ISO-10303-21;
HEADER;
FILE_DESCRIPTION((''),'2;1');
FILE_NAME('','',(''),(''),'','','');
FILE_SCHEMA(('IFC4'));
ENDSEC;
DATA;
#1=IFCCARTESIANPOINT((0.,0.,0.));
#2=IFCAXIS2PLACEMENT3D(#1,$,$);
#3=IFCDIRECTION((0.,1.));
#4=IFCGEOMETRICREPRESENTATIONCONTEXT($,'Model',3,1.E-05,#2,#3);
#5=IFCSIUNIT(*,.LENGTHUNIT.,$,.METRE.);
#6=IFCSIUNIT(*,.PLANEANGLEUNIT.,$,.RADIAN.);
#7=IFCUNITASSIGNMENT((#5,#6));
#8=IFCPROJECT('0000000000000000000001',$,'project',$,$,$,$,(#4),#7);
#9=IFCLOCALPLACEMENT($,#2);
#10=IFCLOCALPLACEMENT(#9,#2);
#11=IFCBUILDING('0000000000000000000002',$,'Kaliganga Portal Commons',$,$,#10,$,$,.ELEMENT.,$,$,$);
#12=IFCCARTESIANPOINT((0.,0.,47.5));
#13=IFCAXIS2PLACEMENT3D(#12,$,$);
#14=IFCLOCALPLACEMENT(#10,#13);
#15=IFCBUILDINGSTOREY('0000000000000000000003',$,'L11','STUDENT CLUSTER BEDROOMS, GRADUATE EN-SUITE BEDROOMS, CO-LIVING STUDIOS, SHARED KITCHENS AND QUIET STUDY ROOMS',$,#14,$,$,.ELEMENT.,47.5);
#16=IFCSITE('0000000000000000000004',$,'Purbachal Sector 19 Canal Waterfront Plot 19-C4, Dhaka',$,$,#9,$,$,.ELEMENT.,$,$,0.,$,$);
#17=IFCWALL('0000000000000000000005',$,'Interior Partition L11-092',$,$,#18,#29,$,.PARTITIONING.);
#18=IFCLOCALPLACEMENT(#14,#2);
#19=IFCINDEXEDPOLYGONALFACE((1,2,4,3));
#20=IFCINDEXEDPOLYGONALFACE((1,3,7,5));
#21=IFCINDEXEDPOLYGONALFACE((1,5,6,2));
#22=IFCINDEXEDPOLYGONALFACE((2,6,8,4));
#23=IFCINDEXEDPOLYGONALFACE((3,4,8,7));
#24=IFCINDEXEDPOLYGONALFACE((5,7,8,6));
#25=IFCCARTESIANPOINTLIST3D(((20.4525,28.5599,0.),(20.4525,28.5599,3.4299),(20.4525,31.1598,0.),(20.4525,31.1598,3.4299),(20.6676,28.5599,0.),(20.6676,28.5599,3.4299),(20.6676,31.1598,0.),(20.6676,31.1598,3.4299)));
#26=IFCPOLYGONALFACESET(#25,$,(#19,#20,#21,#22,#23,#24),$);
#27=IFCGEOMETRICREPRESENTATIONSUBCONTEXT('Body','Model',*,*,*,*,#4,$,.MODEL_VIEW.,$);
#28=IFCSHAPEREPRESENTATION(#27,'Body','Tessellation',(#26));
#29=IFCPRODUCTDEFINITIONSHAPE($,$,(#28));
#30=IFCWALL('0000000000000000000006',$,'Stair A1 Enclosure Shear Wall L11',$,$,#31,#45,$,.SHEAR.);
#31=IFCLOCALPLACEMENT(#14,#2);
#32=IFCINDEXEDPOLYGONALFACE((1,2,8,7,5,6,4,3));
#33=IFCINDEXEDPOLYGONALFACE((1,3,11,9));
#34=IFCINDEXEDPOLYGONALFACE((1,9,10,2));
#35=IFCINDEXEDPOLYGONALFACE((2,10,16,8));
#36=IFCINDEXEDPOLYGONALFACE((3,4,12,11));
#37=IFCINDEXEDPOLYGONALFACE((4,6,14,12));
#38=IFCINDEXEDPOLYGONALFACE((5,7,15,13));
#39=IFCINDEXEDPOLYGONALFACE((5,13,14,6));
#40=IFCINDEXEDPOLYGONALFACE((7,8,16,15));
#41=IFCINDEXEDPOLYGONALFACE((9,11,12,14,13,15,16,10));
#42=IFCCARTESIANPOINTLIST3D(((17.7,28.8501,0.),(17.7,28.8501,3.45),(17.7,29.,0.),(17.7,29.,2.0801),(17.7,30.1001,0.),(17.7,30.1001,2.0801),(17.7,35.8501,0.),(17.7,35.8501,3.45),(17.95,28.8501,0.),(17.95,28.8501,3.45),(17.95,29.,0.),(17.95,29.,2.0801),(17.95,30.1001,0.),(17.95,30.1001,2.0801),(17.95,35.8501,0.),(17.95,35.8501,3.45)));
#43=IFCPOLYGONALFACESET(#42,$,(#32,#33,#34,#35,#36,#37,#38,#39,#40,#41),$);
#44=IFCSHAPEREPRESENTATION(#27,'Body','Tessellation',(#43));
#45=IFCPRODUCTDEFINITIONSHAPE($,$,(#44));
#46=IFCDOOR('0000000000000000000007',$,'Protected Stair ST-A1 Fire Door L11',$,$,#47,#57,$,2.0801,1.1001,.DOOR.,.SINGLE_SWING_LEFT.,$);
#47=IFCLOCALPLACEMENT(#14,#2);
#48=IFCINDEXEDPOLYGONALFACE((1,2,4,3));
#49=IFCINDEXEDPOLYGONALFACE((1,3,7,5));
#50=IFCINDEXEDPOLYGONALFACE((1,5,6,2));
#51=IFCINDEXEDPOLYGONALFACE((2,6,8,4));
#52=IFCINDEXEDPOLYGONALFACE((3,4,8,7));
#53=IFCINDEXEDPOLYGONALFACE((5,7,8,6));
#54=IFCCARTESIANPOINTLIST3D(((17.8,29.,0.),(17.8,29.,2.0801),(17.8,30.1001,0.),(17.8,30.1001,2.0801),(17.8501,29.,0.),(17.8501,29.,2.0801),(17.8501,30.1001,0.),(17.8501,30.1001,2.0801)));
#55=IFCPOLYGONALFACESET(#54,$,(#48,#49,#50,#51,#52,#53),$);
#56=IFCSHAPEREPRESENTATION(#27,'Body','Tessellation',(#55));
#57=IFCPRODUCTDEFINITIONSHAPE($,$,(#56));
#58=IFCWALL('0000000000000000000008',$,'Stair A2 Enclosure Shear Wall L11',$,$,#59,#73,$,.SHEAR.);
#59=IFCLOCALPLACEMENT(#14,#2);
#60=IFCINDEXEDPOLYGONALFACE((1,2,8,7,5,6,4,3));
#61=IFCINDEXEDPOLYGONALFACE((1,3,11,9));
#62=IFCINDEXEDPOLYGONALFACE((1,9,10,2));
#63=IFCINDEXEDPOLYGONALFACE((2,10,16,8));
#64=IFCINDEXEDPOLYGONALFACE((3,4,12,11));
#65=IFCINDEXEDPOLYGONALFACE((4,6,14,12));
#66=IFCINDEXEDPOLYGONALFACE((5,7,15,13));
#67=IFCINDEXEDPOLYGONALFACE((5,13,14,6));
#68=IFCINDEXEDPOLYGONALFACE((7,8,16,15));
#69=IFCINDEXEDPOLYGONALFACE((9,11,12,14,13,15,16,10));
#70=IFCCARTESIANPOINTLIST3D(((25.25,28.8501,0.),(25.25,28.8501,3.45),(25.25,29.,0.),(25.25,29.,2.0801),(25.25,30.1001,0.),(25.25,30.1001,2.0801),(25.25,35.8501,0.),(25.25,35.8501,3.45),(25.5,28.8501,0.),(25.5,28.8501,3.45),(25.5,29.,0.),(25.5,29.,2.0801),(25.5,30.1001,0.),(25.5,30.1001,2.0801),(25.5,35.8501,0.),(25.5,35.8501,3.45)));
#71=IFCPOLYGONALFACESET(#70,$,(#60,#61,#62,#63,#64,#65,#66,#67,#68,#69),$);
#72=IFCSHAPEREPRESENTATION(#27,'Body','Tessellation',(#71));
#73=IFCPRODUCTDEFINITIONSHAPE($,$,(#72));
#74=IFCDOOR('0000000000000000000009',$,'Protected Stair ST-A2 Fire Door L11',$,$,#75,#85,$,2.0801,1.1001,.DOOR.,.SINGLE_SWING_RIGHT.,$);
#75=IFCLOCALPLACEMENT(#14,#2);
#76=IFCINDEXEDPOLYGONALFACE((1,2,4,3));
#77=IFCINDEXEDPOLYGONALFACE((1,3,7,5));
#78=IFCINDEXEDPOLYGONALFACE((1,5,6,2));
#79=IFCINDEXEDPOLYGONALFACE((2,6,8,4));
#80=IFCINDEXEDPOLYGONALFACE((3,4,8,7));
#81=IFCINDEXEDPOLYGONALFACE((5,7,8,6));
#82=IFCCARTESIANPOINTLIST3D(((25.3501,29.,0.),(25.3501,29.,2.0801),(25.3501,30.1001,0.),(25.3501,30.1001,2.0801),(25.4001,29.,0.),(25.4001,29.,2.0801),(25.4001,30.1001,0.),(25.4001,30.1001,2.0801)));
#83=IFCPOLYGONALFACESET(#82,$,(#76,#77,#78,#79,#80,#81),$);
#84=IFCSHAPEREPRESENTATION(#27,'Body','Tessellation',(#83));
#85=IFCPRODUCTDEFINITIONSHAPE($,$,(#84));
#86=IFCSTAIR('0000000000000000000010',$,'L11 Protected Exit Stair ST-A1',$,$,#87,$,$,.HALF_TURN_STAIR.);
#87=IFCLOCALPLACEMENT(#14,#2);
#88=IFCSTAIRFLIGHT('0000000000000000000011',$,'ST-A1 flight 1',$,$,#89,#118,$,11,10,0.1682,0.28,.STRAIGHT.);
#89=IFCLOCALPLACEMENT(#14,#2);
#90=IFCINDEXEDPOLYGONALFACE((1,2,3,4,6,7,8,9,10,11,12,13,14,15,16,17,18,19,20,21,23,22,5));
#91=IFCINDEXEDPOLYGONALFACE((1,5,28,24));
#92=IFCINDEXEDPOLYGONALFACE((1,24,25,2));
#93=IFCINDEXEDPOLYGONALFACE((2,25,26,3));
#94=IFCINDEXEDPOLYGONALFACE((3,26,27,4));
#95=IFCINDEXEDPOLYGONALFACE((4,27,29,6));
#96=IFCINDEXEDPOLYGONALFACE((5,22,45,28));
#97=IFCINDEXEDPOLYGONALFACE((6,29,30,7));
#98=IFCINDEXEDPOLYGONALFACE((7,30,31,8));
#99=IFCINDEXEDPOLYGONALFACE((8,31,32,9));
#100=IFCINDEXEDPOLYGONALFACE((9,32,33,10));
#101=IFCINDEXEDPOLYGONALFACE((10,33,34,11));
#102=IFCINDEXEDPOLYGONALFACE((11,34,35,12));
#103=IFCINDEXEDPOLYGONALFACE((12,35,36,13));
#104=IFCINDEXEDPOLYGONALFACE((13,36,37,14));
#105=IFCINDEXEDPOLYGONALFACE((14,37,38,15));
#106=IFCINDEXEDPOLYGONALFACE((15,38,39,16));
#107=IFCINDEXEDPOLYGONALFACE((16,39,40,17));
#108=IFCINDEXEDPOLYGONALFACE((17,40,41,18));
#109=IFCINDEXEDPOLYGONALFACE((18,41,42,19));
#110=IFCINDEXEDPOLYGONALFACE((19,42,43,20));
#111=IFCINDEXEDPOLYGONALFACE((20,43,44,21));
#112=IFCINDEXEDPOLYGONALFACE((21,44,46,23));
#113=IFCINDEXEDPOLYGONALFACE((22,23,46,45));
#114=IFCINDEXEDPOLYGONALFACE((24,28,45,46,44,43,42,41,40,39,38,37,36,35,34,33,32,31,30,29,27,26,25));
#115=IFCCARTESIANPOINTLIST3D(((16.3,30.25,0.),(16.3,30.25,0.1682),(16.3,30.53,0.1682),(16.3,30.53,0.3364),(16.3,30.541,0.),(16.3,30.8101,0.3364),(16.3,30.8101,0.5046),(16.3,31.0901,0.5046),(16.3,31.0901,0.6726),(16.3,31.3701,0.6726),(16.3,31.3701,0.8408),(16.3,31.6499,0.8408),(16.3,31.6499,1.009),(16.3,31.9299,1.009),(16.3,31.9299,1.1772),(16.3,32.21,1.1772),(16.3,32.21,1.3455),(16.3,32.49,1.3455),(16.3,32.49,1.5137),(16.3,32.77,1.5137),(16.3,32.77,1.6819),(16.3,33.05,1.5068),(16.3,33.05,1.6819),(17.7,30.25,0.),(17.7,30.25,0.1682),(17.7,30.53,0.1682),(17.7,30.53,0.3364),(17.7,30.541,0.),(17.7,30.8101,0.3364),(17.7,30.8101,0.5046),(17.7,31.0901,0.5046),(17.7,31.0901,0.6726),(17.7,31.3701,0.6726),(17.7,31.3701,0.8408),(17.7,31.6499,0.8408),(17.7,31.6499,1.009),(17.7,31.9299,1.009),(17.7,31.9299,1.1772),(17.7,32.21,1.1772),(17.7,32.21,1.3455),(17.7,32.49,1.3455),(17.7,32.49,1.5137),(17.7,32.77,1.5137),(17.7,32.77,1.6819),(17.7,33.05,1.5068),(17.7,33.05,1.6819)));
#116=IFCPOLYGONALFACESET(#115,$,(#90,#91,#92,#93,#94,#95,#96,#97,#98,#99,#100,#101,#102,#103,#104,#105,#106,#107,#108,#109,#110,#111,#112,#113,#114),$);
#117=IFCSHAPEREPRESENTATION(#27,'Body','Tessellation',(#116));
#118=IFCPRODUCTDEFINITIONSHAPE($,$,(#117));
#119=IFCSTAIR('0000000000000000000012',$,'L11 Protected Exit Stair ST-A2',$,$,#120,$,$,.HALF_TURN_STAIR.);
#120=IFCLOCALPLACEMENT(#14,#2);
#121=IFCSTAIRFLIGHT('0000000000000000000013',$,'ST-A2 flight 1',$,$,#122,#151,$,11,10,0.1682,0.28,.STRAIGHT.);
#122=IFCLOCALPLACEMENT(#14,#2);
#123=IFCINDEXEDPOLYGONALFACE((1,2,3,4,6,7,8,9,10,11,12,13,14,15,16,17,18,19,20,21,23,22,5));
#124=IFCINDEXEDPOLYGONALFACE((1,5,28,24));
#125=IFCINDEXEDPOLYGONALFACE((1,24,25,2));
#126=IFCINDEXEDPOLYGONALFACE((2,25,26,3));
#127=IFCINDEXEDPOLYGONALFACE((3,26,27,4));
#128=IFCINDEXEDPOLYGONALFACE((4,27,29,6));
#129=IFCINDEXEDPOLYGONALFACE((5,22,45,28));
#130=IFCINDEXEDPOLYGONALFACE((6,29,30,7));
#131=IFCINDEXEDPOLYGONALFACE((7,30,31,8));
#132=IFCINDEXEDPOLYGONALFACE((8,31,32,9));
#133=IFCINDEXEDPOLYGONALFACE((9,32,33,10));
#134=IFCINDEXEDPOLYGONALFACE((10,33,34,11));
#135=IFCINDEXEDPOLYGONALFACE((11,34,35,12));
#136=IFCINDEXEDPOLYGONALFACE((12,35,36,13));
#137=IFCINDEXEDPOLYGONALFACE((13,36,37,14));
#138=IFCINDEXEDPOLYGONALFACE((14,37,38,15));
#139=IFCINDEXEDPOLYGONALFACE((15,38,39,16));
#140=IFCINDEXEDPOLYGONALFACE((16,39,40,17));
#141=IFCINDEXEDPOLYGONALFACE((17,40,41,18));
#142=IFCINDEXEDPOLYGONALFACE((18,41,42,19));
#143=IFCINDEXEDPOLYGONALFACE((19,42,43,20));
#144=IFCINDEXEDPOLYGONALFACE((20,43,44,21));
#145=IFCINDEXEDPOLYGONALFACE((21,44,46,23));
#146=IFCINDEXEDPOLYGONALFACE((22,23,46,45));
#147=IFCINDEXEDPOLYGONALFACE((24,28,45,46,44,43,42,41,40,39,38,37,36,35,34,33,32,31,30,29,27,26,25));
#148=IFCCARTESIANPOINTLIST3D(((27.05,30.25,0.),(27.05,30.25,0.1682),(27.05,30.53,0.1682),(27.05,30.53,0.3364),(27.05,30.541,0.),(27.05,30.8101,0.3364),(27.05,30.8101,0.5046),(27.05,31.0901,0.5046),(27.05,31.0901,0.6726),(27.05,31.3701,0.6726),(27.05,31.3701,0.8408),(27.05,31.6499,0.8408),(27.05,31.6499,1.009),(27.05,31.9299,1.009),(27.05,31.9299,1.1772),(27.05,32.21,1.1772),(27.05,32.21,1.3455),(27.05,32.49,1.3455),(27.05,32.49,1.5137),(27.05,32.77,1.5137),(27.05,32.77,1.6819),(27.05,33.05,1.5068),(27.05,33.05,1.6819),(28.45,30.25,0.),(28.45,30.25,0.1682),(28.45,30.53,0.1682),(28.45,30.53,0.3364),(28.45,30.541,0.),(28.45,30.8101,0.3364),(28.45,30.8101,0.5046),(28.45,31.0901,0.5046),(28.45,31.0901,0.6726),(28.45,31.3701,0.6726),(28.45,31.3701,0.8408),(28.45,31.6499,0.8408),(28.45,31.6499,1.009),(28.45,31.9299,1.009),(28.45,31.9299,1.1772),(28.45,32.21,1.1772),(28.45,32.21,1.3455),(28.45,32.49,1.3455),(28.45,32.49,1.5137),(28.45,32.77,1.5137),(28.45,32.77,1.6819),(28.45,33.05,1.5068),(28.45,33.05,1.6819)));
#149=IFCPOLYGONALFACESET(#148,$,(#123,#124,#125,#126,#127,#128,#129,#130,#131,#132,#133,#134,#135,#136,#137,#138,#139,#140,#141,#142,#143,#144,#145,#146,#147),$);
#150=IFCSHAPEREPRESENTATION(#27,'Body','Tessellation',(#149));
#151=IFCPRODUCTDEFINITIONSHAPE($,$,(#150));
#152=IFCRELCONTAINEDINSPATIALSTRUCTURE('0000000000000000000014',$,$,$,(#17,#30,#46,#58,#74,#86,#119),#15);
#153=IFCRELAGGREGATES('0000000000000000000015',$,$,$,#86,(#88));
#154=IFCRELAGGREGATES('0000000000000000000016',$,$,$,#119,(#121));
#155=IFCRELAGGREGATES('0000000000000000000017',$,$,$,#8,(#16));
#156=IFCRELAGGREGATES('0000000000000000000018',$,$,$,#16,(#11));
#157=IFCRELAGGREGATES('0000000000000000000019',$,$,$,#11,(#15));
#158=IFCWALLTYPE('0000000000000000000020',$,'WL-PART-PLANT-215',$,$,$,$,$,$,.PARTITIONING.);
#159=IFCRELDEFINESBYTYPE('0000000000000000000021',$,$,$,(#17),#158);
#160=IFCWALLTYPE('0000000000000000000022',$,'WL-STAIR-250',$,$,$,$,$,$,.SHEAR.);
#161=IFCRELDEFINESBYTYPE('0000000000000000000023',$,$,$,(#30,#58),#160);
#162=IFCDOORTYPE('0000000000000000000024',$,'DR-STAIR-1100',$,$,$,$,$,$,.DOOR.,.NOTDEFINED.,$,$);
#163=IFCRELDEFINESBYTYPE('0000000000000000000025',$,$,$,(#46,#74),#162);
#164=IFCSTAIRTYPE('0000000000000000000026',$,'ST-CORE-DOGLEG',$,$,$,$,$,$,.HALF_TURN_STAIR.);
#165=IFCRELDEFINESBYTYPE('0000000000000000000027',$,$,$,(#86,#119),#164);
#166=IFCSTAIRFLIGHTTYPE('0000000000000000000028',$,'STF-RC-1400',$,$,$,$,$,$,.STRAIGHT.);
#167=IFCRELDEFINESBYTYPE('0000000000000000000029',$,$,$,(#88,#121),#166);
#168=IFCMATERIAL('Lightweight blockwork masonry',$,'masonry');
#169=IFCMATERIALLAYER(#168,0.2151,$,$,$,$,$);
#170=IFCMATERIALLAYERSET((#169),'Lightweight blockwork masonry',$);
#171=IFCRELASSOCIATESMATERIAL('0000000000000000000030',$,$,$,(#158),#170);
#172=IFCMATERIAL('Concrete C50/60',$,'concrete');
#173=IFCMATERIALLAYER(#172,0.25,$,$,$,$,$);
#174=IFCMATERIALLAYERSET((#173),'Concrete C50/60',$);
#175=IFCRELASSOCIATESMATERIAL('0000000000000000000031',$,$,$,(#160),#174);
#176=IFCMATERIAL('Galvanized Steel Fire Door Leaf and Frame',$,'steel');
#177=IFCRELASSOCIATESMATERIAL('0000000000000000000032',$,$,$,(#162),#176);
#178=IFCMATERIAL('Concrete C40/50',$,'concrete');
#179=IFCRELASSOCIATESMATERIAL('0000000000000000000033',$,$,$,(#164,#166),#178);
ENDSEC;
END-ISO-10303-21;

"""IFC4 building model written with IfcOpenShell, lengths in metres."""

from ifc_helpers import new_model, si_unit, direction, frame, frame_2d, origin, place, context, subcontext, project, spatial, polyline, rectangle, outline, extrude, material, layer, layer_set, type_object, element, fill, aggregate, save


model = new_model("IFC4")

# Units and contexts
model_context = context("Model", 3, precision=1e-05, world=origin(), true_north=direction((0.0, 1.0)))
body_context = subcontext(model_context, "Body", "Model", "MODEL_VIEW")
ifc_project = project(units=[si_unit("LENGTHUNIT", "METRE"), si_unit("PLANEANGLEUNIT", "RADIAN")], contexts=[model_context])

# Site, building, storey
site_placement = place(None, origin())
site = spatial("IfcSite", under=ifc_project, at=site_placement, Name="Purbachal Sector 19 Canal Waterfront Plot 19-C4, Dhaka", CompositionType="ELEMENT", RefElevation=0.0)
building_placement = place(site_placement, origin())
building = spatial("IfcBuilding", under=site, at=building_placement, Name="Kaliganga Portal Commons", CompositionType="ELEMENT")
storey_placement = place(building_placement, frame((0.0, 0.0, 47.5)))
storey = spatial("IfcBuildingStorey", under=building, at=storey_placement, Name="L11", Description="STUDENT CLUSTER BEDROOMS, GRADUATE EN-SUITE BEDROOMS, CO-LIVING STUDIOS, SHARED KITCHENS AND QUIET STUDY ROOMS", CompositionType="ELEMENT", Elevation=47.5)

# Shared definitions
ifc_material_1 = material(Name="Lightweight blockwork masonry", Category="masonry")
ifc_layer_1 = layer(ifc_material_1, 0.2151)
ifc_layer_set_1 = layer_set([ifc_layer_1], Name="Lightweight blockwork masonry")
wall_type_1 = type_object("IfcWallType", Name="WL-PART-PLANT-215", PredefinedType="PARTITIONING", material=ifc_layer_set_1)

# Wall
wall_1_placement = place(storey_placement, frame((20.5601, 28.5601, 0.0), z_axis=(0.0, 0.0, 1.0), x_axis=(0.0, 1.0, 0.0)))
element("IfcWall", 1, at=wall_1_placement, inside=storey, type_object=wall_type_1, Name="Interior Partition L11-092", PredefinedType="PARTITIONING", context=body_context, shape_type="SweptSolid", body=[
    extrude(rectangle(XDim=2.5999, YDim=0.2151, at=frame_2d((1.2998, 0.0))), origin(), (0.0, 0.0, 1.0), 3.4299),
])

# Walls, openings, doors
ifc_material_2 = material(Name="Concrete C50/60", Category="concrete")
ifc_layer_2 = layer(ifc_material_2, 0.25)
ifc_layer_set_2 = layer_set([ifc_layer_2], Name="Concrete C50/60")
wall_type_2 = type_object("IfcWallType", Name="WL-STAIR-250", PredefinedType="SHEAR", material=ifc_layer_set_2)
wall_2_placement = place(storey_placement, frame((17.825, 28.8501, 0.0), z_axis=(0.0, 0.0, 1.0), x_axis=(0.0, 1.0, 0.0)))
wall_2 = element("IfcWall", 2, at=wall_2_placement, inside=storey, type_object=wall_type_2, Name="Stair A1 Enclosure Shear Wall L11", PredefinedType="SHEAR", context=body_context, shape_type="SweptSolid", body=[
    extrude(rectangle(XDim=7.0, YDim=0.25, at=frame_2d((3.5, 0.0))), origin(), (0.0, 0.0, 1.0), 3.45),
])
opening_1_placement = place(wall_2_placement, frame((0.1499, 0.0, 0.0)))
opening_1 = element("IfcOpeningElement", 3, at=opening_1_placement, cuts=wall_2, PredefinedType="OPENING", context=body_context, shape_type="SweptSolid", body=[
    extrude(rectangle(XDim=1.1001, YDim=2.0801, at=frame_2d((0.55, 1.04))), frame((0.0, 0.135, 0.0), z_axis=(0.0, -1.0, 0.0), x_axis=(1.0, 0.0, 0.0)), (0.0, 0.0, 1.0), 0.27),
])
ifc_material_3 = material(Name="Galvanized Steel Fire Door Leaf and Frame", Category="steel")
door_type_1 = type_object("IfcDoorType", Name="DR-STAIR-1100", OperationType="NOTDEFINED", PredefinedType="DOOR", material=ifc_material_3)
door_1_placement = place(opening_1_placement, origin())
door_1 = element("IfcDoor", 4, at=door_1_placement, inside=storey, type_object=door_type_1, Name="Protected Stair ST-A1 Fire Door L11", OperationType="SINGLE_SWING_LEFT", OverallHeight=2.0801, OverallWidth=1.1001, PredefinedType="DOOR", context=body_context, shape_type="SweptSolid", body=[
    extrude(rectangle(XDim=1.1001, YDim=2.0801, at=frame_2d((0.55, 1.04))), frame((0.0, 0.0249, 0.0), z_axis=(0.0, -1.0, 0.0), x_axis=(1.0, 0.0, 0.0)), (0.0, 0.0, 1.0), 0.05),
])
fill(opening_1, door_1)
wall_3_placement = place(storey_placement, frame((25.375, 28.8501, 0.0), z_axis=(0.0, 0.0, 1.0), x_axis=(0.0, 1.0, 0.0)))
wall_3 = element("IfcWall", 5, at=wall_3_placement, inside=storey, type_object=wall_type_2, Name="Stair A2 Enclosure Shear Wall L11", PredefinedType="SHEAR", context=body_context, shape_type="SweptSolid", body=[
    extrude(rectangle(XDim=7.0, YDim=0.25, at=frame_2d((3.5, 0.0))), origin(), (0.0, 0.0, 1.0), 3.45),
])
opening_2_placement = place(wall_3_placement, frame((0.1499, 0.0, 0.0)))
opening_2 = element("IfcOpeningElement", 6, at=opening_2_placement, cuts=wall_3, PredefinedType="OPENING", context=body_context, shape_type="SweptSolid", body=[
    extrude(rectangle(XDim=1.1001, YDim=2.0801, at=frame_2d((0.55, 1.04))), frame((0.0, 0.135, 0.0), z_axis=(0.0, -1.0, 0.0), x_axis=(1.0, 0.0, 0.0)), (0.0, 0.0, 1.0), 0.27),
])
door_2_placement = place(opening_2_placement, origin())
door_2 = element("IfcDoor", 7, at=door_2_placement, inside=storey, type_object=door_type_1, Name="Protected Stair ST-A2 Fire Door L11", OperationType="SINGLE_SWING_RIGHT", OverallHeight=2.0801, OverallWidth=1.1001, PredefinedType="DOOR", context=body_context, shape_type="SweptSolid", body=[
    extrude(rectangle(XDim=1.1001, YDim=2.0801, at=frame_2d((0.55, 1.04))), frame((0.0, 0.0249, 0.0), z_axis=(0.0, -1.0, 0.0), x_axis=(1.0, 0.0, 0.0)), (0.0, 0.0, 1.0), 0.05),
])
fill(opening_2, door_2)

# Stairs, stair flights
ifc_material_4 = material(Name="Concrete C40/50", Category="concrete")
stair_type = type_object("IfcStairType", Name="ST-CORE-DOGLEG", PredefinedType="HALF_TURN_STAIR", material=ifc_material_4)
stair_1_placement = place(storey_placement, origin())
stair_1 = element("IfcStair", 8, at=stair_1_placement, inside=storey, type_object=stair_type, Name="L11 Protected Exit Stair ST-A1", PredefinedType="HALF_TURN_STAIR")
stair_flight_type = type_object("IfcStairFlightType", Name="STF-RC-1400", PredefinedType="STRAIGHT", material=ifc_material_4)
stair_flight_1_placement = place(storey_placement, frame((17.0, 30.25, 0.0), z_axis=(0.0, 0.0, 1.0), x_axis=(0.0, 1.0, 0.0)))
stair_flight_1 = element("IfcStairFlight", 9, at=stair_flight_1_placement, type_object=stair_flight_type, Name="ST-A1 flight 1", NumberOfRisers=11, NumberOfTreads=10, PredefinedType="STRAIGHT", RiserHeight=0.1682, TreadLength=0.28, context=body_context, shape_type="SweptSolid", body=[
    extrude(outline(polyline([(0.0, 0.0), (0.0, 0.1682), (0.28, 0.1682), (0.28, 0.3364), (0.5601, 0.3364), (0.5601, 0.5046), (0.8401, 0.5046), (0.8401, 0.6726), (1.1201, 0.6726), (1.1201, 0.8408), (1.3999, 0.8408), (1.3999, 1.009), (1.6799, 1.009), (1.6799, 1.1772), (1.96, 1.1772), (1.96, 1.3455), (2.24, 1.3455), (2.24, 1.5137), (2.52, 1.5137), (2.52, 1.6819), (2.8, 1.6819), (2.8, 1.8501), (2.8, 1.5068), (0.291, 0.0), (0.0, 0.0)])), frame((0.0, 0.7, 0.0), z_axis=(0.0, -1.0, 0.0), x_axis=(1.0, 0.0, 0.0)), (0.0, 0.0, 1.0), 1.3999),
])
aggregate(stair_1, [stair_flight_1])
stair_2_placement = place(storey_placement, origin())
stair_2 = element("IfcStair", 10, at=stair_2_placement, inside=storey, type_object=stair_type, Name="L11 Protected Exit Stair ST-A2", PredefinedType="HALF_TURN_STAIR")
stair_flight_2_placement = place(storey_placement, frame((27.75, 30.25, 0.0), z_axis=(0.0, 0.0, 1.0), x_axis=(0.0, 1.0, 0.0)))
stair_flight_2 = element("IfcStairFlight", 11, at=stair_flight_2_placement, type_object=stair_flight_type, Name="ST-A2 flight 1", NumberOfRisers=11, NumberOfTreads=10, PredefinedType="STRAIGHT", RiserHeight=0.1682, TreadLength=0.28, context=body_context, shape_type="SweptSolid", body=[
    extrude(outline(polyline([(0.0, 0.0), (0.0, 0.1682), (0.28, 0.1682), (0.28, 0.3364), (0.5601, 0.3364), (0.5601, 0.5046), (0.8401, 0.5046), (0.8401, 0.6726), (1.1201, 0.6726), (1.1201, 0.8408), (1.3999, 0.8408), (1.3999, 1.009), (1.6799, 1.009), (1.6799, 1.1772), (1.96, 1.1772), (1.96, 1.3455), (2.24, 1.3455), (2.24, 1.5137), (2.52, 1.5137), (2.52, 1.6819), (2.8, 1.6819), (2.8, 1.8501), (2.8, 1.5068), (0.291, 0.0), (0.0, 0.0)])), frame((0.0, 0.7, 0.0), z_axis=(0.0, -1.0, 0.0), x_axis=(1.0, 0.0, 0.0)), (0.0, 0.0, 1.0), 1.3999),
])
aggregate(stair_2, [stair_flight_2])

save(model, "model.ifc")
